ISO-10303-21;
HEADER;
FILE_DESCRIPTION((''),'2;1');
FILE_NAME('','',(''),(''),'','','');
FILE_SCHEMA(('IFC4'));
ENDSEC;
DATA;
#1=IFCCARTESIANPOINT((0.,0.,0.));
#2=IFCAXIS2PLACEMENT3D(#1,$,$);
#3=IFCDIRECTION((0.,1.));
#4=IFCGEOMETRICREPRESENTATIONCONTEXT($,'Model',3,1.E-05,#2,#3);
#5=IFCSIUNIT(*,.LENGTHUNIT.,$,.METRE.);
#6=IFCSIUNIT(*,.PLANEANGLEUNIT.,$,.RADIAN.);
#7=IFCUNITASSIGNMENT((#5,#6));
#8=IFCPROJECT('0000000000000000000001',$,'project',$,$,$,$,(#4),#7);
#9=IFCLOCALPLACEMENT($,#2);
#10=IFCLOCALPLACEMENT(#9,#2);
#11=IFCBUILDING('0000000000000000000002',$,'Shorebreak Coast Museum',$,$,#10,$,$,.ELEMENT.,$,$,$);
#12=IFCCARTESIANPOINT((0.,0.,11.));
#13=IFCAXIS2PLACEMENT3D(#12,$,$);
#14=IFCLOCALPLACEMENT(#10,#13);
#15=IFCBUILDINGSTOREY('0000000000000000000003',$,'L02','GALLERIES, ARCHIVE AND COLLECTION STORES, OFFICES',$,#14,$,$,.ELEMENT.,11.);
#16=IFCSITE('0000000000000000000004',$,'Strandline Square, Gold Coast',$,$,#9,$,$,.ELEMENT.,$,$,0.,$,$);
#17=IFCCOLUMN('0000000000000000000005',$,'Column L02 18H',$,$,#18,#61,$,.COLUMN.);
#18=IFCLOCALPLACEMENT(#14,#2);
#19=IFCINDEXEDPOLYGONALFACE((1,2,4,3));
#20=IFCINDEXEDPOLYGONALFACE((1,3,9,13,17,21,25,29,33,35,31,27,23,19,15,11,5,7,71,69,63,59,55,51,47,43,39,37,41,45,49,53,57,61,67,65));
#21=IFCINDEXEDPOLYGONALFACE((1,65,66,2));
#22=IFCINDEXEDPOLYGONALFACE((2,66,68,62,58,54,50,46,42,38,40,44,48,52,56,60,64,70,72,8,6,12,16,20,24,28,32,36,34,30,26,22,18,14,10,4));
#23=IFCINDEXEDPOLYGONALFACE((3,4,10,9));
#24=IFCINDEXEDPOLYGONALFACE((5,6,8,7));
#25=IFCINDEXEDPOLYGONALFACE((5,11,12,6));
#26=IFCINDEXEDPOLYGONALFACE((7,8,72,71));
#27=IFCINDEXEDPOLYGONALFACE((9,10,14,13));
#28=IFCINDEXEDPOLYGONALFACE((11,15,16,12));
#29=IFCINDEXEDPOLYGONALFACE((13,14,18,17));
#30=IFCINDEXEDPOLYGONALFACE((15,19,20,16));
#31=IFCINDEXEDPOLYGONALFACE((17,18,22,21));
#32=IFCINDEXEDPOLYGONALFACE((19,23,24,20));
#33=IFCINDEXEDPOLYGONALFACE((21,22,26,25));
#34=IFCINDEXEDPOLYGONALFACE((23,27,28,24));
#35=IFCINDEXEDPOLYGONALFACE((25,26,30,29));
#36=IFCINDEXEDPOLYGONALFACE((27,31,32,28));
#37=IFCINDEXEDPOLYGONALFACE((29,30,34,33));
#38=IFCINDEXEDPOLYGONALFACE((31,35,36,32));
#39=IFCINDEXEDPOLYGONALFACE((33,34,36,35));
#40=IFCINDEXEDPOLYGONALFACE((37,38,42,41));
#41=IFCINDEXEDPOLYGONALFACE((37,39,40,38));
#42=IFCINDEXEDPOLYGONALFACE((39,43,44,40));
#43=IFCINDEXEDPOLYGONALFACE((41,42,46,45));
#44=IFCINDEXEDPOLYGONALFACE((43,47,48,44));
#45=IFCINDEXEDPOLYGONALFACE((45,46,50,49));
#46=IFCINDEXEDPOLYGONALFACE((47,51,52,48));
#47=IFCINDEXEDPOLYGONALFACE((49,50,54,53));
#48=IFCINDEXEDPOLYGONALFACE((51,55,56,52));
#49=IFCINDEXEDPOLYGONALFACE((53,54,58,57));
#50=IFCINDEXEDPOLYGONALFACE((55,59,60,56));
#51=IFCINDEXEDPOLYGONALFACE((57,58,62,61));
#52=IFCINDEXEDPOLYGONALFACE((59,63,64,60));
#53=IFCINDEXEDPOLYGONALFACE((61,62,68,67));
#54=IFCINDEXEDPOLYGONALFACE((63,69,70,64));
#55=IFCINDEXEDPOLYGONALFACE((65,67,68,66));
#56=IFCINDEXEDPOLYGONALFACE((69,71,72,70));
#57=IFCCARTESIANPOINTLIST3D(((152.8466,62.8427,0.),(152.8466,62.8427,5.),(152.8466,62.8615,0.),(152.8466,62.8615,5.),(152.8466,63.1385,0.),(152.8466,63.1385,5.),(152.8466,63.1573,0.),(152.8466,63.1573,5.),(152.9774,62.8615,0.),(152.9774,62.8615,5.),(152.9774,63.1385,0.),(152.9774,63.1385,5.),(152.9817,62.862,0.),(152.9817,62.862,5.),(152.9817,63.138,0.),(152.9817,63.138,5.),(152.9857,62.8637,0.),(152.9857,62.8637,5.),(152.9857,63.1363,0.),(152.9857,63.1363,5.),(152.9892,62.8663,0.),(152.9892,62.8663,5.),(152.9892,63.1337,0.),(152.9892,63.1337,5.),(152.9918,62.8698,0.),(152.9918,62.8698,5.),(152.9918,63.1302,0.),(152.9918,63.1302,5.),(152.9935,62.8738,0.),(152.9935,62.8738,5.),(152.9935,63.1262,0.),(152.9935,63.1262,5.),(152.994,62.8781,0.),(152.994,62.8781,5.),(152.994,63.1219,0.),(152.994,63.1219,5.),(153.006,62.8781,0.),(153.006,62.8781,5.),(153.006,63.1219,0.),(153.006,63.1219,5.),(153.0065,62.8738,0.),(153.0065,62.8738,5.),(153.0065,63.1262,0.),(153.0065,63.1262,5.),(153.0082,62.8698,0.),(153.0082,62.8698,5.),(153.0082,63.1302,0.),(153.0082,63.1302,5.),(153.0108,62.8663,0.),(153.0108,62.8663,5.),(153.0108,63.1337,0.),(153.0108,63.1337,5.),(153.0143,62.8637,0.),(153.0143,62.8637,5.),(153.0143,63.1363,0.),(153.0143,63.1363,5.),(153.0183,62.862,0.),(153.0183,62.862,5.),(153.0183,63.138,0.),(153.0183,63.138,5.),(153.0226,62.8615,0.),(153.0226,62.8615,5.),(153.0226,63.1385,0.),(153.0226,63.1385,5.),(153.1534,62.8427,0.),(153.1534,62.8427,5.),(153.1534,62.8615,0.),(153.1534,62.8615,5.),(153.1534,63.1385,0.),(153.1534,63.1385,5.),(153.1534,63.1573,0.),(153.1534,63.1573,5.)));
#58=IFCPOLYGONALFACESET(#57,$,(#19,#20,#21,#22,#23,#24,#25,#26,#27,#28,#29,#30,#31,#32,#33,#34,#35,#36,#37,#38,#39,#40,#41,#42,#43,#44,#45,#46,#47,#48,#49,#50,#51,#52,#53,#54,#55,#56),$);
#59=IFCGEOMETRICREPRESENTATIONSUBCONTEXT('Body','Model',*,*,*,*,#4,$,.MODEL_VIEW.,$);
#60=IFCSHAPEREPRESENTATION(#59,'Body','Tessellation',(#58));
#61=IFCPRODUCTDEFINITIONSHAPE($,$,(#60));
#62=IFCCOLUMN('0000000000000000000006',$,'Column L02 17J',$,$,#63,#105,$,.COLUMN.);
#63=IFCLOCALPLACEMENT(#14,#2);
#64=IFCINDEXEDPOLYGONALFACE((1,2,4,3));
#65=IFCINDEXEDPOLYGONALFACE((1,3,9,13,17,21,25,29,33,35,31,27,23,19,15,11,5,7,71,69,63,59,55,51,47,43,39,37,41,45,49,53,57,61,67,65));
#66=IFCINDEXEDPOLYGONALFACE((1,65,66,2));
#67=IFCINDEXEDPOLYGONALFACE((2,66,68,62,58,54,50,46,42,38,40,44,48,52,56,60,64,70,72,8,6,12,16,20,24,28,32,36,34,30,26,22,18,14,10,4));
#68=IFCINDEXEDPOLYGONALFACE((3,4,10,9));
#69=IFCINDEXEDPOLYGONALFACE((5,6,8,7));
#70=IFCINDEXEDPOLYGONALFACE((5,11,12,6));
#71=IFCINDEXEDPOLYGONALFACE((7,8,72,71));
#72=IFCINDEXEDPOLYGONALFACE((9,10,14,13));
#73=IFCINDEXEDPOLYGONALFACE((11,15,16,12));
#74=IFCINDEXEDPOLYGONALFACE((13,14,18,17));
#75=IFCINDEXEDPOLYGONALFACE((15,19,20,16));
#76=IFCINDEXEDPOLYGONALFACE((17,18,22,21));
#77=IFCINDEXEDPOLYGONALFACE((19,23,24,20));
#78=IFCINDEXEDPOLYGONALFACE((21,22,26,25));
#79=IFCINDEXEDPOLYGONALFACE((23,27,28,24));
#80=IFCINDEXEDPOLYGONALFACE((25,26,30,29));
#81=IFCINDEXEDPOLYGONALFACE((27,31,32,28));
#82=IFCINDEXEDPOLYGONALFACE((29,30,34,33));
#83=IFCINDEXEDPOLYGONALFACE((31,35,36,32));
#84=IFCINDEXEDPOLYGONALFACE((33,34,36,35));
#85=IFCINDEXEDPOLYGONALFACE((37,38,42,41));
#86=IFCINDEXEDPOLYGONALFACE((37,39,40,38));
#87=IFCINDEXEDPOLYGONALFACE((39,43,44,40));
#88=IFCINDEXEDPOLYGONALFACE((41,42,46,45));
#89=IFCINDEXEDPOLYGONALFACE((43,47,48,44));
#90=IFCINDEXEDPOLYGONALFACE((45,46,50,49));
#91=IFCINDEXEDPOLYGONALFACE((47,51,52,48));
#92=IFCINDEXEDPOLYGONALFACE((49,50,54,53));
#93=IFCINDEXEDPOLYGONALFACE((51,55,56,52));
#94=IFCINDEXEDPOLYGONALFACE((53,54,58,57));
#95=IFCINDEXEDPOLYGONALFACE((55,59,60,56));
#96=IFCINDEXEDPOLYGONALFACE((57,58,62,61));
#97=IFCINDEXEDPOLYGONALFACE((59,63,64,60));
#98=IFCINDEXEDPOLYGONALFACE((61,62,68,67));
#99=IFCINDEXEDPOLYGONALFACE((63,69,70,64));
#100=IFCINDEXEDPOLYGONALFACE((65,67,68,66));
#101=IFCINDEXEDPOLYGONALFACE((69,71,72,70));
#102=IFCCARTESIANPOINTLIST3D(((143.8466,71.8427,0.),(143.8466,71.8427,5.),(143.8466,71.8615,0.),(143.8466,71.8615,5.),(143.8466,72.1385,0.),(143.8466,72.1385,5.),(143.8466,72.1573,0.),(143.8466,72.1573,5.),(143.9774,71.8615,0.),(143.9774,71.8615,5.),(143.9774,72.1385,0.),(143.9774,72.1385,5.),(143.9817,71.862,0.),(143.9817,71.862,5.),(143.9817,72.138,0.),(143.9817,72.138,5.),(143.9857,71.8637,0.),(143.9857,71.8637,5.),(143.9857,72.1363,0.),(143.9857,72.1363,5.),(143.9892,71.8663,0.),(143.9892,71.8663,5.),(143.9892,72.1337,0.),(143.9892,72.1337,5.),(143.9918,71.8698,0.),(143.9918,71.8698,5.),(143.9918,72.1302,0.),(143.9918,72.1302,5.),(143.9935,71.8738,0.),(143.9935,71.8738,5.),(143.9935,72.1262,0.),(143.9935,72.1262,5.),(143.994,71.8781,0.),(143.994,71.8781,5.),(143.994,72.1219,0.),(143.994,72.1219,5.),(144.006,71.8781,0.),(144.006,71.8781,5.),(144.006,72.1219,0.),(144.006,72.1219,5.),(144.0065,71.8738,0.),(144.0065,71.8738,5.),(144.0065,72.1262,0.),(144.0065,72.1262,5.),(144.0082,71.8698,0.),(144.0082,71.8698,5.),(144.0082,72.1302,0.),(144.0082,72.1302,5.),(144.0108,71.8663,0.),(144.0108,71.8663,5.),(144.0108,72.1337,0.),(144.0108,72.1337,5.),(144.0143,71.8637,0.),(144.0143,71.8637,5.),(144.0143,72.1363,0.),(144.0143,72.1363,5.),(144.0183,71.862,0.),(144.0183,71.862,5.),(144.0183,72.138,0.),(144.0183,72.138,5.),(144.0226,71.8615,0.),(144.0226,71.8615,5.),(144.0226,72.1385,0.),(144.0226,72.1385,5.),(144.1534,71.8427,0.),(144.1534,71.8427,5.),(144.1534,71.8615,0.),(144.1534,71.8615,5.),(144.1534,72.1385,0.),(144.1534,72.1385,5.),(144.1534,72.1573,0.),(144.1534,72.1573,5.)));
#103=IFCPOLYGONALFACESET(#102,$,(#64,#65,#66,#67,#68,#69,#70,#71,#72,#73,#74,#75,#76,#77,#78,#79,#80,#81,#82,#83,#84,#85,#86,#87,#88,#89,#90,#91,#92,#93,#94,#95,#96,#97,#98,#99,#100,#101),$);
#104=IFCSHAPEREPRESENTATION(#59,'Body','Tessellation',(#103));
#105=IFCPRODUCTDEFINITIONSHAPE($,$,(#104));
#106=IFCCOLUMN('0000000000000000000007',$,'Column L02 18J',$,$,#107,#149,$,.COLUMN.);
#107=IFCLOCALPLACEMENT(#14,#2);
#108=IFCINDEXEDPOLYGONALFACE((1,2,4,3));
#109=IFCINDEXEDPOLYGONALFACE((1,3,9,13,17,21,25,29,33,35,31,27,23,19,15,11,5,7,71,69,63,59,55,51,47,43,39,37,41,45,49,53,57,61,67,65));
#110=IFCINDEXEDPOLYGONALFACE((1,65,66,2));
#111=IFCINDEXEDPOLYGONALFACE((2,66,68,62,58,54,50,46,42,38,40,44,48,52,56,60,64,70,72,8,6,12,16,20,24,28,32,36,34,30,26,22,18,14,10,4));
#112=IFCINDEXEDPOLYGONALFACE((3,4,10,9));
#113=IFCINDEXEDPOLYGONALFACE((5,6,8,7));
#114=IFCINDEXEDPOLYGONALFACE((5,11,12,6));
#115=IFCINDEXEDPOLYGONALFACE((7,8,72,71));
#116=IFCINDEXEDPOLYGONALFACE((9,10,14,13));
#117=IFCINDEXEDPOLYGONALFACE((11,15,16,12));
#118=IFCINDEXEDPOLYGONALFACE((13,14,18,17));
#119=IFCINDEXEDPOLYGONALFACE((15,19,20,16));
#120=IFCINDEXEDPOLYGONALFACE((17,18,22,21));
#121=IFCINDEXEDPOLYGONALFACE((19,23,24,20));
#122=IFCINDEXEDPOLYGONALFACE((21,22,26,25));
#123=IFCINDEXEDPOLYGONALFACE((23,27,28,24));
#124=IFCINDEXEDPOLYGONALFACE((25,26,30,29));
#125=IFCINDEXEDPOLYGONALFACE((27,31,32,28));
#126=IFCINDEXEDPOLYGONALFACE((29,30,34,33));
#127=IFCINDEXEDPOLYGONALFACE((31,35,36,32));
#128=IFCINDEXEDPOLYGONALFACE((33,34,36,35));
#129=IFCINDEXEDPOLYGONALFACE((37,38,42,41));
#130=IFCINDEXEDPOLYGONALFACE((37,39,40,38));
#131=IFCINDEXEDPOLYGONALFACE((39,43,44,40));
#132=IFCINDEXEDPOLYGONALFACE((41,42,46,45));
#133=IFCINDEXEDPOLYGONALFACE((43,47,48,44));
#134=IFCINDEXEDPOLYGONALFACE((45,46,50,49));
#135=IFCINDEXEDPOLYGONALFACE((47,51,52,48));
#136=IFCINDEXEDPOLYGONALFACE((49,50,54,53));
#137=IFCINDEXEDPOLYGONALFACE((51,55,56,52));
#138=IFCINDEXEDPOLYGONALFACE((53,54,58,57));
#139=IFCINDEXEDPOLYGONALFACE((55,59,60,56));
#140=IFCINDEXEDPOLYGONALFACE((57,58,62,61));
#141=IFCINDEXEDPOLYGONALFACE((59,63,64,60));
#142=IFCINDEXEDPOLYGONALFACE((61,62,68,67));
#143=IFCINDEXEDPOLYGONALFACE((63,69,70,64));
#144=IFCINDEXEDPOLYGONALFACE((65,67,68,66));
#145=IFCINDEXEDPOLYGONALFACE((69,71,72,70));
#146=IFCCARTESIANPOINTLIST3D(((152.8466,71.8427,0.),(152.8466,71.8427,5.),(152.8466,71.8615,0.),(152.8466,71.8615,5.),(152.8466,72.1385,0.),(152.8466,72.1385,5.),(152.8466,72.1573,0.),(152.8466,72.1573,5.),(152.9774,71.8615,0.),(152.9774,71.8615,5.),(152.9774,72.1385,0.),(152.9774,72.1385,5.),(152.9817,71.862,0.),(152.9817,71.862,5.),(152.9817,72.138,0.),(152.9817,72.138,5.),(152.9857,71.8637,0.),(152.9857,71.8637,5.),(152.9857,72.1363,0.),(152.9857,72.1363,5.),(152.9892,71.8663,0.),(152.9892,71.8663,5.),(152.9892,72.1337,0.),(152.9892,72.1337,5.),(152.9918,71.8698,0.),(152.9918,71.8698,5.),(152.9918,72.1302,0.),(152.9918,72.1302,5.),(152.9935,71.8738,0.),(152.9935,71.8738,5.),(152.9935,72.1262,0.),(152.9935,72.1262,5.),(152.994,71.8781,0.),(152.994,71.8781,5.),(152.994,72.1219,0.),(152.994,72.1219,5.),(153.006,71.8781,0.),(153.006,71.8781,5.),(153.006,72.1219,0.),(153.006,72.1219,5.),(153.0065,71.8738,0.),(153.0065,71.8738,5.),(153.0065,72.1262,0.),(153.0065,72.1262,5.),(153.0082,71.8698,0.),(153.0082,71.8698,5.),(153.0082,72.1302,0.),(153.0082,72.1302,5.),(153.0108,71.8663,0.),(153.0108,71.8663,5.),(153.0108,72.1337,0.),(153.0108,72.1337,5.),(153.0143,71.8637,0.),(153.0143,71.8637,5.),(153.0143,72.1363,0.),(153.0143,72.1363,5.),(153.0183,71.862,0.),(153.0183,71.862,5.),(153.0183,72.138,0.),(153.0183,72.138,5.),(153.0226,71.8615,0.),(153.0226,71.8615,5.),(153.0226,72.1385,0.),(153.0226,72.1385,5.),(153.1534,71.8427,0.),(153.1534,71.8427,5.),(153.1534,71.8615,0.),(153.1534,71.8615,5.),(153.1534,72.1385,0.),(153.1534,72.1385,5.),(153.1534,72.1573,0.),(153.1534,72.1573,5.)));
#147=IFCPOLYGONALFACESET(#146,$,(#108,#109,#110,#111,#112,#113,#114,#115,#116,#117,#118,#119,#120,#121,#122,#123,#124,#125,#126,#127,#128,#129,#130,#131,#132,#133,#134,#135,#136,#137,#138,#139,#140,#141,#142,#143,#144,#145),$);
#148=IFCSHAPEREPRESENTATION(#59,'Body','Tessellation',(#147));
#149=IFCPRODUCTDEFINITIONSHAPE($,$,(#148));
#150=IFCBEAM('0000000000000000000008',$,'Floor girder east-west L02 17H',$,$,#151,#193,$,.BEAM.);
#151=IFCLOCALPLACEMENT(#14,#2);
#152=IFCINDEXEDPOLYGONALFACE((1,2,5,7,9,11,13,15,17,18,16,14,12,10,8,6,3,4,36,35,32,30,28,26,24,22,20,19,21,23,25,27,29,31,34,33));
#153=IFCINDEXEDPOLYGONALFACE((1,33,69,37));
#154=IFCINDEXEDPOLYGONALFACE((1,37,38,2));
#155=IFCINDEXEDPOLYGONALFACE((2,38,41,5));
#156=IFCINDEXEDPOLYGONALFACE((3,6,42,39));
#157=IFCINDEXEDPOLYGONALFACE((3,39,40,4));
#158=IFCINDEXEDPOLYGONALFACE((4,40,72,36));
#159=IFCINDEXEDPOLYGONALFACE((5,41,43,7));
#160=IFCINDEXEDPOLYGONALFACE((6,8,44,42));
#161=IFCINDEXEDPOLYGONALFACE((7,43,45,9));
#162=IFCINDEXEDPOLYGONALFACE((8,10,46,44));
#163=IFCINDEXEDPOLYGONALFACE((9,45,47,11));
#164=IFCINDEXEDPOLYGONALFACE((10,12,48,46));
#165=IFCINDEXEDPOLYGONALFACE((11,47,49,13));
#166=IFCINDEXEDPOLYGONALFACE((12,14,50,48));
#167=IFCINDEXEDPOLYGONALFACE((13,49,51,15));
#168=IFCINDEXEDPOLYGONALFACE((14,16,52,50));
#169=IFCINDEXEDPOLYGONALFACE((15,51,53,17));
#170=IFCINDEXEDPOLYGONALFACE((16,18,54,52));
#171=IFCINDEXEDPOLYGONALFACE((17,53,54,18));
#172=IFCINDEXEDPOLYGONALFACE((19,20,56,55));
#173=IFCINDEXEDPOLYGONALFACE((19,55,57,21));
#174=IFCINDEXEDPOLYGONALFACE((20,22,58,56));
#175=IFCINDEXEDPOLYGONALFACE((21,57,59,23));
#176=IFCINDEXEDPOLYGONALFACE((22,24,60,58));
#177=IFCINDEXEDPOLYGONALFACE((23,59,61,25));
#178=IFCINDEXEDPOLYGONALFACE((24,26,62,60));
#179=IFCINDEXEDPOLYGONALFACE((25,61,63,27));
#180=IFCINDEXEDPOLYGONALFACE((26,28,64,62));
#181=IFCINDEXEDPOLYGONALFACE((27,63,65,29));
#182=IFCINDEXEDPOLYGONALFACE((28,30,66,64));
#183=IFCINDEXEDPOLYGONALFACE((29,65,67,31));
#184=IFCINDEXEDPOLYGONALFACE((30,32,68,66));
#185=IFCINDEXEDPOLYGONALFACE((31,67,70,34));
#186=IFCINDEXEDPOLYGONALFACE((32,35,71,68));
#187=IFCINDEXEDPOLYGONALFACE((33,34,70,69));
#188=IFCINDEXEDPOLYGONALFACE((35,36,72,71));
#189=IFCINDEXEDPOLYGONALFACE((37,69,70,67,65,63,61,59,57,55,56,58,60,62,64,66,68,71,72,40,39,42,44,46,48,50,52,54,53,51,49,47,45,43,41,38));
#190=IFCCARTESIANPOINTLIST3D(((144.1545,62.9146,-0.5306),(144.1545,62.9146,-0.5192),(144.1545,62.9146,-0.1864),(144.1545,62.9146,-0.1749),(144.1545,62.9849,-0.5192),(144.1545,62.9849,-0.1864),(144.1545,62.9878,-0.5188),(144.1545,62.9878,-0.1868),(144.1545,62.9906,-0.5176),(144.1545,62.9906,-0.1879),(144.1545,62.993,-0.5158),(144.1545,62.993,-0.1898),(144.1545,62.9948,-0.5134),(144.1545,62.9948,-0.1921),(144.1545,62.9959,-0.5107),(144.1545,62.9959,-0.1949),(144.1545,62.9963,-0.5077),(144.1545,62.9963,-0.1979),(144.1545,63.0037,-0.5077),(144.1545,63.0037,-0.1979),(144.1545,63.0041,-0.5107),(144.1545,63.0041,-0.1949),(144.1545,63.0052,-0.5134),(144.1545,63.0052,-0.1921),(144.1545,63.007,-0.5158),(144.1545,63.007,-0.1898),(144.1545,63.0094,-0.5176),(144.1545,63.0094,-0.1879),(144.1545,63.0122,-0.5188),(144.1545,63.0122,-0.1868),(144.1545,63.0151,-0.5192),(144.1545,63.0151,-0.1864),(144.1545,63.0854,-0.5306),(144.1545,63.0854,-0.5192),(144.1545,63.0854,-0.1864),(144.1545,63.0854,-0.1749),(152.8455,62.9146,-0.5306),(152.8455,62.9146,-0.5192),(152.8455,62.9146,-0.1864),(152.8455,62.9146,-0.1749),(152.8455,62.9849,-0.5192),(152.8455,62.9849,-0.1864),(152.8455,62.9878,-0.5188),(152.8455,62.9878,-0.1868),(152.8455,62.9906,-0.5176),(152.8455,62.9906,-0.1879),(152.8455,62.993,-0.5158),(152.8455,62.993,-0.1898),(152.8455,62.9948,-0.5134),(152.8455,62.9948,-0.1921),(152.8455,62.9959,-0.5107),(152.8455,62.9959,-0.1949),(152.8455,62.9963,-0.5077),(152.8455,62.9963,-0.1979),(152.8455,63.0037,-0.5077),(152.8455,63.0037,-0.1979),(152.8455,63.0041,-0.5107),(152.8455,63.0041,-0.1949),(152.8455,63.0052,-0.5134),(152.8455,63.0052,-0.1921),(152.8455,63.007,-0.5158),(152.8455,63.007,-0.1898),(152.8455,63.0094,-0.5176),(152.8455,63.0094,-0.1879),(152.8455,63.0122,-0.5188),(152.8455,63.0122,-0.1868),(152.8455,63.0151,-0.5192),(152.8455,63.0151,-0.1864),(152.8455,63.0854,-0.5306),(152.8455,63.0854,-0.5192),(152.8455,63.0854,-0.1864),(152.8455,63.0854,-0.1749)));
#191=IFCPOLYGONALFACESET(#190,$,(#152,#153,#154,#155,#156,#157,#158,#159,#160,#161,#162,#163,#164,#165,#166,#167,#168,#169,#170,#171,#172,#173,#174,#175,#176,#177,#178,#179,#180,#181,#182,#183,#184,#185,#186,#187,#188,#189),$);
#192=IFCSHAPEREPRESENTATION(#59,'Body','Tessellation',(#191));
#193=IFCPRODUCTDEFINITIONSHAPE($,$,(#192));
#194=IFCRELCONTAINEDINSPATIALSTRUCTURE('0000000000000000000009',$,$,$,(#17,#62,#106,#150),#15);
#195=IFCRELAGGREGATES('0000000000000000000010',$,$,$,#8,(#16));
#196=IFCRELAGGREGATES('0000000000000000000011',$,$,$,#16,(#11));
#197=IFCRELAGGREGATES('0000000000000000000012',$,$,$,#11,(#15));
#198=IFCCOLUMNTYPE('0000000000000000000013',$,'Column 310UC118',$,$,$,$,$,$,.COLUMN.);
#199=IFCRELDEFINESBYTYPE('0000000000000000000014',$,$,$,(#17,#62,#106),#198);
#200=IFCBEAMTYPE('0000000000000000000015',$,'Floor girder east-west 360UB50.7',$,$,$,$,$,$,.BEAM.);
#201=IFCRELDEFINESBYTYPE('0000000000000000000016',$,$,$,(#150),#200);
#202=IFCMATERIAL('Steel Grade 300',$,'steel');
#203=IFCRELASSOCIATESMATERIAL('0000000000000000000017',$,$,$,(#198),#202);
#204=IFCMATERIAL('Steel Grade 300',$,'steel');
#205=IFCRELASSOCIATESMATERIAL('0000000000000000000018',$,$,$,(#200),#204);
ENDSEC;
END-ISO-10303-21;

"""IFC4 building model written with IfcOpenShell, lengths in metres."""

from ifc_helpers import new_model, si_unit, direction, frame, origin, origin_2d, place, context, subcontext, project, spatial, i_section, extrude, material, material_profile, profile_set, type_object, element, save


model = new_model("IFC4")

# Units and contexts
model_context = context("Model", 3, precision=1e-05, world=origin(), true_north=direction((0.0, 1.0)))
body_context = subcontext(model_context, "Body", "Model", "MODEL_VIEW")
ifc_project = project(units=[si_unit("LENGTHUNIT", "METRE"), si_unit("PLANEANGLEUNIT", "RADIAN")], contexts=[model_context])

# Site, building, storey
site_placement = place(None, origin())
site = spatial("IfcSite", under=ifc_project, at=site_placement, Name="Strandline Square, Gold Coast", CompositionType="ELEMENT", RefElevation=0.0)
building_placement = place(site_placement, origin())
building = spatial("IfcBuilding", under=site, at=building_placement, Name="Shorebreak Coast Museum", CompositionType="ELEMENT")
storey_placement = place(building_placement, frame((0.0, 0.0, 11.0)))
storey = spatial("IfcBuildingStorey", under=building, at=storey_placement, Name="L02", Description="GALLERIES, ARCHIVE AND COLLECTION STORES, OFFICES", CompositionType="ELEMENT", Elevation=11.0)

# Columns
ifc_material_1 = material(Name="Steel Grade 300", Category="steel")
ifc_material_profile_1 = material_profile(ifc_material_1, i_section(OverallWidth=0.3069, OverallDepth=0.3147, WebThickness=0.012, FlangeThickness=0.0188, FilletRadius=0.0166, at=origin_2d()), Name="310UC118")
ifc_profile_set_1 = profile_set([ifc_material_profile_1], Name="Steel Grade 300")
column_type = type_object("IfcColumnType", Name="Column 310UC118", PredefinedType="COLUMN", material=ifc_profile_set_1)
for number, where, z_axis, x_axis, name in (
    (1, (153.0, 63.0, 0.0), (0.0, 0.0, 1.0), (1.0, 0.0, 0.0), "Column L02 18H"),
    (2, (144.0, 72.0, 0.0), (0.0, 0.0, 1.0), (1.0, 0.0, 0.0), "Column L02 17J"),
    (3, (153.0, 72.0, 0.0), (0.0, 0.0, 1.0), (1.0, 0.0, 0.0), "Column L02 18J"),
):
    element("IfcColumn", number, at=place(storey_placement, frame(where, z_axis=z_axis, x_axis=x_axis)), inside=storey, type_object=column_type, Name=name, PredefinedType="COLUMN", context=body_context, shape_type="SweptSolid", body=[
        extrude(i_section(OverallWidth=0.3069, OverallDepth=0.3147, WebThickness=0.012, FlangeThickness=0.0188, FilletRadius=0.0166, at=origin_2d()), origin(), (0.0, 0.0, 1.0), 5.0),
    ])

# Beam
ifc_material_2 = material(Name="Steel Grade 300", Category="steel")
ifc_material_profile_2 = material_profile(ifc_material_2, i_section(OverallWidth=0.1709, OverallDepth=0.3557, WebThickness=0.0073, FlangeThickness=0.0115, FilletRadius=0.0115, at=origin_2d()), Name="360UB50.7")
ifc_profile_set_2 = profile_set([ifc_material_profile_2], Name="Steel Grade 300")
beam_type_1 = type_object("IfcBeamType", Name="Floor girder east-west 360UB50.7", PredefinedType="BEAM", material=ifc_profile_set_2)
for number, where, z_axis, x_axis, name in (
    (4, (144.1545, 63.0, -0.3528), (1.0, 0.0, 0.0), (0.0, 1.0, 0.0), "Floor girder east-west L02 17H"),
):
    element("IfcBeam", number, at=place(storey_placement, frame(where, z_axis=z_axis, x_axis=x_axis)), inside=storey, type_object=beam_type_1, Name=name, PredefinedType="BEAM", context=body_context, shape_type="SweptSolid", body=[
        extrude(i_section(OverallWidth=0.1709, OverallDepth=0.3557, WebThickness=0.0073, FlangeThickness=0.0115, FilletRadius=0.0115, at=origin_2d()), origin(), (0.0, 0.0, 1.0), 8.6909),
    ])

save(model, "model.ifc")
